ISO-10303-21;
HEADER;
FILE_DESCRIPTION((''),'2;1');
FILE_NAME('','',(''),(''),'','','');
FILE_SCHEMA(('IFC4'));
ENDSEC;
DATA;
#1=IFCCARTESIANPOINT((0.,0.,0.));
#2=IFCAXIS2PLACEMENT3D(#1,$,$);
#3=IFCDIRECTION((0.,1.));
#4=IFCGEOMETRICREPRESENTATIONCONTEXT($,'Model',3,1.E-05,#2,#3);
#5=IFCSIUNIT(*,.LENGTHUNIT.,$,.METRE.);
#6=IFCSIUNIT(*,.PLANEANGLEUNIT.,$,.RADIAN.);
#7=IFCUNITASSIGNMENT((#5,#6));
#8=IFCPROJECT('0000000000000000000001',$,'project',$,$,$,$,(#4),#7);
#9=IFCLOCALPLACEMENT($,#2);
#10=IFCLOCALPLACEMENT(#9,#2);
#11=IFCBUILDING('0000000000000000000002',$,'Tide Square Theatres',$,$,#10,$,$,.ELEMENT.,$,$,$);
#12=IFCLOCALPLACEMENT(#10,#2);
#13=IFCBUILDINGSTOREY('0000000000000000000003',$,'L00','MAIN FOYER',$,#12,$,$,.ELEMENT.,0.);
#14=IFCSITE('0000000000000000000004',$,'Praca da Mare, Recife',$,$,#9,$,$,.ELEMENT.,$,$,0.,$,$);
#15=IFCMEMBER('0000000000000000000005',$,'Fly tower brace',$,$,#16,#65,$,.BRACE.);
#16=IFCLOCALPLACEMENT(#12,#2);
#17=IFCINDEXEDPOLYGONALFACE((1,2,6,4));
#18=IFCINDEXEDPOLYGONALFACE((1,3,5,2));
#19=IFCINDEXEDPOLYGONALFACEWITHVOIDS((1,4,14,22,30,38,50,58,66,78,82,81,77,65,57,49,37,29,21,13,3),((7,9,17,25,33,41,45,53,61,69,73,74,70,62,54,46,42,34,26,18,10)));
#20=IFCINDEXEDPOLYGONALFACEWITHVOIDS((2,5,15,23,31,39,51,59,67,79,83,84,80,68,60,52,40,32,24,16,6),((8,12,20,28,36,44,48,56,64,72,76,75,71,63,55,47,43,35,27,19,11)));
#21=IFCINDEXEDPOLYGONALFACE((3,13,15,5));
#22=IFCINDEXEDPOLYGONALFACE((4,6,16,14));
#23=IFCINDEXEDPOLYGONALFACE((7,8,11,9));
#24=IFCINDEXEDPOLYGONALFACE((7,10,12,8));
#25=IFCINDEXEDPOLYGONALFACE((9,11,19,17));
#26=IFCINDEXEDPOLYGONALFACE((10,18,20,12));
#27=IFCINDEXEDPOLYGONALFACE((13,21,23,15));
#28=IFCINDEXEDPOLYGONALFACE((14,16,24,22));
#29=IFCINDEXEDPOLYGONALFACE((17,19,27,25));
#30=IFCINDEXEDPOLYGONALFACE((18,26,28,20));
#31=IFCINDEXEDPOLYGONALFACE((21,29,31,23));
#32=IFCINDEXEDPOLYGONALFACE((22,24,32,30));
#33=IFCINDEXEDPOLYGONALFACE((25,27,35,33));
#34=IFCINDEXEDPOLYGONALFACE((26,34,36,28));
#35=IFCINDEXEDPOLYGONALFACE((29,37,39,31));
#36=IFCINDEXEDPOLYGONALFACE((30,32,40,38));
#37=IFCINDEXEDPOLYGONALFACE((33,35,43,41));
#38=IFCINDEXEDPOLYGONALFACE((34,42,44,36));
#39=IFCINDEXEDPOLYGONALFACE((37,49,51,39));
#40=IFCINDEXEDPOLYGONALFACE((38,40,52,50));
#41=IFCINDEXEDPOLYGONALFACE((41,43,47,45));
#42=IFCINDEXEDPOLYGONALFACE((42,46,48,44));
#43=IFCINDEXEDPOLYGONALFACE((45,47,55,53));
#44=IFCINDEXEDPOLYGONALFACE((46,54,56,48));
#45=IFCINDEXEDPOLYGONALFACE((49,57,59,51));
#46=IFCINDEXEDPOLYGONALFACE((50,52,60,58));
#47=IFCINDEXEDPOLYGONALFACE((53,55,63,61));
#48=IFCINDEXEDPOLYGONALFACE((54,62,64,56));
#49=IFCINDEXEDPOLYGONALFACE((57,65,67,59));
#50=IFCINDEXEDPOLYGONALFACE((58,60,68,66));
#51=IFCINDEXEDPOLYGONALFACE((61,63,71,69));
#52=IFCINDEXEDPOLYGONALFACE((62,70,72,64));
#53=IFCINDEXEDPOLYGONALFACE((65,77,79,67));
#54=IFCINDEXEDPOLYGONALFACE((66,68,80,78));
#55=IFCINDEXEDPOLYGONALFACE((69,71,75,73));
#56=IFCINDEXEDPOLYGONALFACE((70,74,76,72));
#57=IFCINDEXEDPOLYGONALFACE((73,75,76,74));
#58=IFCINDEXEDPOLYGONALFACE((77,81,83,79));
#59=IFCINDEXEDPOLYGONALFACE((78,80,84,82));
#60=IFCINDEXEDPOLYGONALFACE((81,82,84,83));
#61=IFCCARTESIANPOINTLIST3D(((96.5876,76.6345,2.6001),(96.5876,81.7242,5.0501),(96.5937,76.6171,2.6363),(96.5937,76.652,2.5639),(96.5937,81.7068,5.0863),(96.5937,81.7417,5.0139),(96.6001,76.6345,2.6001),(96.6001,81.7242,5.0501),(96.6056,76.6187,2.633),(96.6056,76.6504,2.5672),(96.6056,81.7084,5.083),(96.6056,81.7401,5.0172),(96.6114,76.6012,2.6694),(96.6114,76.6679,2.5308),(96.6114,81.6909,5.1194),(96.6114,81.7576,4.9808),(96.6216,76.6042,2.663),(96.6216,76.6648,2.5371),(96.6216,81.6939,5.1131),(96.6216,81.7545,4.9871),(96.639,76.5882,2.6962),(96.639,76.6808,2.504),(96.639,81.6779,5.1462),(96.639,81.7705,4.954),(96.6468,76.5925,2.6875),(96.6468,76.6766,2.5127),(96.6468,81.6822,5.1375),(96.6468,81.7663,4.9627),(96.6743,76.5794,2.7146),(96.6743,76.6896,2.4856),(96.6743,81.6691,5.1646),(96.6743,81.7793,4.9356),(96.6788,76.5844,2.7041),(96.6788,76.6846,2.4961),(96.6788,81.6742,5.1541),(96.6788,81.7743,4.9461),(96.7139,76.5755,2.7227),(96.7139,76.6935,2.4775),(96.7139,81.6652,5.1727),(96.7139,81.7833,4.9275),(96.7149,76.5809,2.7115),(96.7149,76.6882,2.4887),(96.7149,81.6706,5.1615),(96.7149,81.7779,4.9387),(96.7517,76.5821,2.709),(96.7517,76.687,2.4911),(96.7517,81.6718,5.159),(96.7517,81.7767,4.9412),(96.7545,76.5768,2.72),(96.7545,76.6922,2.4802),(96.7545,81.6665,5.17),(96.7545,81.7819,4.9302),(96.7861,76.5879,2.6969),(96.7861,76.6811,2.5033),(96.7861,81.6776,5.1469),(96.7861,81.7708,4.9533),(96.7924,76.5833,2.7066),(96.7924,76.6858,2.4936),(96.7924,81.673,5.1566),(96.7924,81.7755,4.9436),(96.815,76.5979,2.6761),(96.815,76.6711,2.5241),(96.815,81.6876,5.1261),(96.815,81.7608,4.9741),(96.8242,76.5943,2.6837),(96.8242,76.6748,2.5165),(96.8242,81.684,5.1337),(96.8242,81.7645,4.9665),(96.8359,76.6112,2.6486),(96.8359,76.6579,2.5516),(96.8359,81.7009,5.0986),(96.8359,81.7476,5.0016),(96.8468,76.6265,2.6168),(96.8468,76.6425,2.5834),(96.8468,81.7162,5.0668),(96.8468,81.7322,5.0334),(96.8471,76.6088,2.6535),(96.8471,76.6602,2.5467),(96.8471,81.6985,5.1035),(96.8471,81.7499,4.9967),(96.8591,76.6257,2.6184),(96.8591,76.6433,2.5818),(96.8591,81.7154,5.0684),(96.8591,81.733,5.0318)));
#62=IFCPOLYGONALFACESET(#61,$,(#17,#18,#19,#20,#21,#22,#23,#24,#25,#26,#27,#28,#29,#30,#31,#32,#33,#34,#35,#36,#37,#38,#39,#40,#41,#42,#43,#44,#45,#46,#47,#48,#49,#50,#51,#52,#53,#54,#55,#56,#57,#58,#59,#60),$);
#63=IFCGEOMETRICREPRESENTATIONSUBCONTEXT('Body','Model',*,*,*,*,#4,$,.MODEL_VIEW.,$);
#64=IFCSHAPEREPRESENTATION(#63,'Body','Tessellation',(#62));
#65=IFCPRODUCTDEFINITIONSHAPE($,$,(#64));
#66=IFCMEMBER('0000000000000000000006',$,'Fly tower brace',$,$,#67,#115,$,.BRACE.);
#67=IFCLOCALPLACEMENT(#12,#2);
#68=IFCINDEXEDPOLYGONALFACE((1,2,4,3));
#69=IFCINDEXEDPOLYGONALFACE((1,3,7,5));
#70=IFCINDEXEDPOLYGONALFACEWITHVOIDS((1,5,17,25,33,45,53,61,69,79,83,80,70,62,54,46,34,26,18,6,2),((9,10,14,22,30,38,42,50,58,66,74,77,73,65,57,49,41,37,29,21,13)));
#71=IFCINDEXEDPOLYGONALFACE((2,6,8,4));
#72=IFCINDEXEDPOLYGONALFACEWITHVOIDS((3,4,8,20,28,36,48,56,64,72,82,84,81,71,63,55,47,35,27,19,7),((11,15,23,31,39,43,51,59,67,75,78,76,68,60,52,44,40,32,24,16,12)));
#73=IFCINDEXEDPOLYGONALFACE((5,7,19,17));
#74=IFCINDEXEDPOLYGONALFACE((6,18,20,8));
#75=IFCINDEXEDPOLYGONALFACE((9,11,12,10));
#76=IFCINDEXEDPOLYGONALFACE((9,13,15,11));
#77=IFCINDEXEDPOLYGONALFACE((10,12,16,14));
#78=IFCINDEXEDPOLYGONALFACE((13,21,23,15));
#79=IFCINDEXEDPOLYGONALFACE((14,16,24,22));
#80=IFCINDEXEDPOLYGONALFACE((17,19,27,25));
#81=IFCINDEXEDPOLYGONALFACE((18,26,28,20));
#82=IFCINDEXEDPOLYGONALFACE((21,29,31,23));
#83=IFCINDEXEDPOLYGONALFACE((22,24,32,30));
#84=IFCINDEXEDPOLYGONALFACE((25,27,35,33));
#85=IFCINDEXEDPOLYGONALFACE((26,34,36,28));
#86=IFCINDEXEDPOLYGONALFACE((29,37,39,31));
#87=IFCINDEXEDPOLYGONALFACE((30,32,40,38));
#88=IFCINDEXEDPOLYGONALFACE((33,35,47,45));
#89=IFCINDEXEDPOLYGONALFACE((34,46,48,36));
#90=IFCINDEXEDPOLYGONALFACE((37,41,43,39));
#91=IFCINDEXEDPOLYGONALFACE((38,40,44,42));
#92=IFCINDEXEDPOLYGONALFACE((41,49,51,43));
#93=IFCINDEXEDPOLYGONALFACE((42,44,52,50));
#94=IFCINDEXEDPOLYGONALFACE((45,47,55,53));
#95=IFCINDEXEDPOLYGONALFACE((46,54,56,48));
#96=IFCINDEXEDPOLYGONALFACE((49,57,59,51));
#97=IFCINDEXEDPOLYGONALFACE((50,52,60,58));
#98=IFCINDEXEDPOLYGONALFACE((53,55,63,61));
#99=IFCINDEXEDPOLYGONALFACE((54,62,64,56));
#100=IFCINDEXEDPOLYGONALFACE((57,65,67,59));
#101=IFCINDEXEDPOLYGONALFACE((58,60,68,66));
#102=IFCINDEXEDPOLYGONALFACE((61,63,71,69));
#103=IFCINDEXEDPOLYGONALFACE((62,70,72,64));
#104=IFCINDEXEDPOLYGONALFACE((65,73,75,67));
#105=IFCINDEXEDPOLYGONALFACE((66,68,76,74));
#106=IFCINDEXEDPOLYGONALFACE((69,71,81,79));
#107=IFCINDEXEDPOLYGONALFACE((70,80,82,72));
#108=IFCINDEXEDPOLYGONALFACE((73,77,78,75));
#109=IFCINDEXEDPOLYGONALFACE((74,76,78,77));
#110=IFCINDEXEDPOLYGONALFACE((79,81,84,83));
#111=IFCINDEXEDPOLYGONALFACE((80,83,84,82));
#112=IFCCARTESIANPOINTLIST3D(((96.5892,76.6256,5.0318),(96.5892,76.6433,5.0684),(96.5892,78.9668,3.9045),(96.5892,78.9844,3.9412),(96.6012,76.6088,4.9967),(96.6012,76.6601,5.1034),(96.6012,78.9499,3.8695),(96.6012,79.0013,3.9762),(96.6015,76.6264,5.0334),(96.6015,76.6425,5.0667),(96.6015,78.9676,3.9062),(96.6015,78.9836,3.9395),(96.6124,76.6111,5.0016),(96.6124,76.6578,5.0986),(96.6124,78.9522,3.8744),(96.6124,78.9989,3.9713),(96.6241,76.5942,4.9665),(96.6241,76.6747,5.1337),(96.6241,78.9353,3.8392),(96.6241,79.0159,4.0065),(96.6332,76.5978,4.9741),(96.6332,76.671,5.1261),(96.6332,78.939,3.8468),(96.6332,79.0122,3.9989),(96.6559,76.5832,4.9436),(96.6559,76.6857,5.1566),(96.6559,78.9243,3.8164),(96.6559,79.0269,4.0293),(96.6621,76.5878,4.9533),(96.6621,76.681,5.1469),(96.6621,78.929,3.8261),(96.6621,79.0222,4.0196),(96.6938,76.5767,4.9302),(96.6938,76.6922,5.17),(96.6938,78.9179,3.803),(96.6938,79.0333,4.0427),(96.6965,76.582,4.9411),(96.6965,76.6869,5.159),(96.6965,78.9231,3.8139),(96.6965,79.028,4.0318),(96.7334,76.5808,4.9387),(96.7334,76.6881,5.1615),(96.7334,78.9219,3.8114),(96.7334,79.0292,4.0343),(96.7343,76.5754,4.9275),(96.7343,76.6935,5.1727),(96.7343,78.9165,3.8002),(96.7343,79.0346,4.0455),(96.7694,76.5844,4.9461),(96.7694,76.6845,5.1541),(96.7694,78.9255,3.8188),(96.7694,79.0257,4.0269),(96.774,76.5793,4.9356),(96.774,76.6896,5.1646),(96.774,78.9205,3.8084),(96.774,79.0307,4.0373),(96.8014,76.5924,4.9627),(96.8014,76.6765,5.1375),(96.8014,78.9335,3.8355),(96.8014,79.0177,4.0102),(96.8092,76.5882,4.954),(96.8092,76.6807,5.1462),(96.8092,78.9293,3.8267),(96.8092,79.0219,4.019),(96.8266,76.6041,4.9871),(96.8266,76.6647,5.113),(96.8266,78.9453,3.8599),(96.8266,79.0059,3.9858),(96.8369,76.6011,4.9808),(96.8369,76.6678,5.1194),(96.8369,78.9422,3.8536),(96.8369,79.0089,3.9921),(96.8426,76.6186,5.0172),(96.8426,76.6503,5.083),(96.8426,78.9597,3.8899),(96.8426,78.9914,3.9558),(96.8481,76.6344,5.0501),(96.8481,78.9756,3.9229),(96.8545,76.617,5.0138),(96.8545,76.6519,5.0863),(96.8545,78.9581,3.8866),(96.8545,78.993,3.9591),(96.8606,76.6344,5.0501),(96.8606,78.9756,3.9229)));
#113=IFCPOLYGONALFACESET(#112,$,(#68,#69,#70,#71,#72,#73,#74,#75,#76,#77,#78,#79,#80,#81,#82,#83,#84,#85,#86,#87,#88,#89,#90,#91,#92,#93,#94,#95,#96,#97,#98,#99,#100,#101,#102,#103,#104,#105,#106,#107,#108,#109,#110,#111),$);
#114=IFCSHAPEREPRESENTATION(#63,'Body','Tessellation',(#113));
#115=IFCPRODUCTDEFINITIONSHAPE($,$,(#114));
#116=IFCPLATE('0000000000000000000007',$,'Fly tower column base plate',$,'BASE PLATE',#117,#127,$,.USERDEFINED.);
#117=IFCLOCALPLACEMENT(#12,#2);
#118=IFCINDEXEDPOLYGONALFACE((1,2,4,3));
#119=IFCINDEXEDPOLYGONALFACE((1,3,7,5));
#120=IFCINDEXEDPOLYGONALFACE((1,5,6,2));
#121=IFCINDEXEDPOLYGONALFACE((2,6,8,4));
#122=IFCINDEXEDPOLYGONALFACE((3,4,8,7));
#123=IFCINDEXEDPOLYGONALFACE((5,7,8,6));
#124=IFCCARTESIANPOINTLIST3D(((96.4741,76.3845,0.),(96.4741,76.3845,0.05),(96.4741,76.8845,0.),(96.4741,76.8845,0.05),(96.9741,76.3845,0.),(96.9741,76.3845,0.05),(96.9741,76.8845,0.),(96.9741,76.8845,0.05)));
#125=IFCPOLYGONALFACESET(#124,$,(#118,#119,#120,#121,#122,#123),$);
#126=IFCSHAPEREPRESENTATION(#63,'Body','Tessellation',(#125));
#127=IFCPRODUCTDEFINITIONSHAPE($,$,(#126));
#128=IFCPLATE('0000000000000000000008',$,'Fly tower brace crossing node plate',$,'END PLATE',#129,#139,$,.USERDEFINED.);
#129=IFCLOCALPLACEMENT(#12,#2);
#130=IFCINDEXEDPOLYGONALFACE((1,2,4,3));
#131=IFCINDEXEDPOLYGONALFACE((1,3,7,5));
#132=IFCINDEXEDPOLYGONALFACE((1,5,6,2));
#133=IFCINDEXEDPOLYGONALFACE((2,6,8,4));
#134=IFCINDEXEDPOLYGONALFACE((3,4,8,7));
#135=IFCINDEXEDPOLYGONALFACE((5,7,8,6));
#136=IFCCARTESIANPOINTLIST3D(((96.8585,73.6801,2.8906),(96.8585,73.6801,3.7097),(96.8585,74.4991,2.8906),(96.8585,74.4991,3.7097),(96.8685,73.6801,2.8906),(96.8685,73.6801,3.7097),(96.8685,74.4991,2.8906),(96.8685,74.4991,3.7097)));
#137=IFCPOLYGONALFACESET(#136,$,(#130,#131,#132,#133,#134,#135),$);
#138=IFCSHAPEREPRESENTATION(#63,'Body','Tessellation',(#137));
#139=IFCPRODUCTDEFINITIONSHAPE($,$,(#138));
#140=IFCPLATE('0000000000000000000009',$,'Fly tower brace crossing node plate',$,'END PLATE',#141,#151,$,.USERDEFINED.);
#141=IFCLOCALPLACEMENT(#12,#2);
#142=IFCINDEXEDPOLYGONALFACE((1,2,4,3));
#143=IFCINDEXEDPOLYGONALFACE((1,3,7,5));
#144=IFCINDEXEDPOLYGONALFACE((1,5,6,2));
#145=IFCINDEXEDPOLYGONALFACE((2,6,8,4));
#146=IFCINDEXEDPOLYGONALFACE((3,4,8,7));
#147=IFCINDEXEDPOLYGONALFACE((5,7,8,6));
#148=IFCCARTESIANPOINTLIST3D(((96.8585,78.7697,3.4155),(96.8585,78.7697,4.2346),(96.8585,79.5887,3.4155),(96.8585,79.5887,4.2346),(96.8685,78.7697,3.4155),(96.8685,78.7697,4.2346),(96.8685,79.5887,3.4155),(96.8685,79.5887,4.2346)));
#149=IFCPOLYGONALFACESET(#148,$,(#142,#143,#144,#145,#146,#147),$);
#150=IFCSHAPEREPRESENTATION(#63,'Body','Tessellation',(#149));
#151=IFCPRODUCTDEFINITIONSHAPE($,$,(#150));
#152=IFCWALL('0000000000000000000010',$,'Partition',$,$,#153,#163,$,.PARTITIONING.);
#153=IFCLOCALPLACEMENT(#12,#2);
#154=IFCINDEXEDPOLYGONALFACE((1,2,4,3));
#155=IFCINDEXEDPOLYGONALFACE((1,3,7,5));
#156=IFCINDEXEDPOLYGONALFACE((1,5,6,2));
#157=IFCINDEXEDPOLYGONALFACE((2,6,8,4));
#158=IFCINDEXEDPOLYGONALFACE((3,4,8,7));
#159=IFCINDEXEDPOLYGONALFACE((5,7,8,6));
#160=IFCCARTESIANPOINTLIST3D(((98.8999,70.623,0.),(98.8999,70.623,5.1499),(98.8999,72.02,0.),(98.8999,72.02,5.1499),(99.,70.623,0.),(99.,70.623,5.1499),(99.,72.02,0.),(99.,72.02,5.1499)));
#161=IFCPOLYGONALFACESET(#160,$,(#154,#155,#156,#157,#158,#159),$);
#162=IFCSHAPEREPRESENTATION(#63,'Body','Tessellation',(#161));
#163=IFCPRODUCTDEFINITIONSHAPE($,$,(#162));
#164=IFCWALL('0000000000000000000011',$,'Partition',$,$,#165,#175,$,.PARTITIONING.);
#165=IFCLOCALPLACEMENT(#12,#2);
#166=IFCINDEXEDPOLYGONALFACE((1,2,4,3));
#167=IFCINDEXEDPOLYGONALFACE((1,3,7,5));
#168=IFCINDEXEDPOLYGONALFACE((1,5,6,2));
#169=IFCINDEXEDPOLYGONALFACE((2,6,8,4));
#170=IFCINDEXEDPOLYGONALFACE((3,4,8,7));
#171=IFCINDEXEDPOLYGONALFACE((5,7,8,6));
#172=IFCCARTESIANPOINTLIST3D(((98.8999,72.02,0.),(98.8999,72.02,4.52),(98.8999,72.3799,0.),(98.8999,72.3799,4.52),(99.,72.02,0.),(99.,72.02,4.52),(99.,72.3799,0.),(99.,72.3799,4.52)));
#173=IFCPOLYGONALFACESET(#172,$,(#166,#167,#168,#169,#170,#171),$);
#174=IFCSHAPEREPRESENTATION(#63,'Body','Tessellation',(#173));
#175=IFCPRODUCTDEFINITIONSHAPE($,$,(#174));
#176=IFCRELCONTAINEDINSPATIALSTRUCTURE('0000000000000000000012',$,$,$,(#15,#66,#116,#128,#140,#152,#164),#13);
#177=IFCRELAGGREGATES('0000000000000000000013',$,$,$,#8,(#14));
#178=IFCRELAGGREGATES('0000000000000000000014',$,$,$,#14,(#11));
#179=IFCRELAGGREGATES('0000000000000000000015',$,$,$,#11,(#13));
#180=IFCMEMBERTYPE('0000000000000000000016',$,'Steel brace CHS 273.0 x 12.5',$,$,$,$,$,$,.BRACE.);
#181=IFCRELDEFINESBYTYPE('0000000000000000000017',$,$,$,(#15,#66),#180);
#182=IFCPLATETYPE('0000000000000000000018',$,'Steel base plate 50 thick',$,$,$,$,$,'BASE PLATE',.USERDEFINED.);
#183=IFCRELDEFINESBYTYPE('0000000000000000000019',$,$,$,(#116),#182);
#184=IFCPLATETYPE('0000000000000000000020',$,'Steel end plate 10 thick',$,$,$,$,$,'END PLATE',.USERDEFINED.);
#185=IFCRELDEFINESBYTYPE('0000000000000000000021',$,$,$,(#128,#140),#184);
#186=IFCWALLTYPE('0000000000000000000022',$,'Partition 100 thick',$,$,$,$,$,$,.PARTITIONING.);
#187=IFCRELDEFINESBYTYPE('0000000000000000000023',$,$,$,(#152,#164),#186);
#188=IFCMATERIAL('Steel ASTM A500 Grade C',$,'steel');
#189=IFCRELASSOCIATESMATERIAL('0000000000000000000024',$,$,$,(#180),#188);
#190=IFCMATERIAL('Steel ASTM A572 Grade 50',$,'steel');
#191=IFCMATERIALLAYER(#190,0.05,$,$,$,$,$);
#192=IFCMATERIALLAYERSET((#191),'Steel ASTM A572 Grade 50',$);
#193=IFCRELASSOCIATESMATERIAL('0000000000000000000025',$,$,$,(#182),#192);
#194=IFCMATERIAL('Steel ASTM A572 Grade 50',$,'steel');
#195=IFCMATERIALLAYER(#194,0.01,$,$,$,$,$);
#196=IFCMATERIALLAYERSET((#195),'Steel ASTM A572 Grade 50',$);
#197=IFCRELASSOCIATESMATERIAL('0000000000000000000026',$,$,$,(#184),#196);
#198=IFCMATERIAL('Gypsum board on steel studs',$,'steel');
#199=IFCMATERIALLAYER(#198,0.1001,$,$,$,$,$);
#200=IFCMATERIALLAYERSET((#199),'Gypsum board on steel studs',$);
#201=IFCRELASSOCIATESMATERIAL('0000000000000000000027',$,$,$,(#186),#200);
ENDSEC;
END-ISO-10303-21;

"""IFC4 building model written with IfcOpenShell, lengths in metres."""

from ifc_helpers import new_model, si_unit, direction, frame, frame_2d, origin, origin_2d, place, context, subcontext, project, spatial, rectangle, hollow_circle, extrude, material, layer, layer_set, material_profile, profile_set, type_object, element, save


model = new_model("IFC4")

# Units and contexts
model_context = context("Model", 3, precision=1e-05, world=origin(), true_north=direction((0.0, 1.0)))
body_context = subcontext(model_context, "Body", "Model", "MODEL_VIEW")
ifc_project = project(units=[si_unit("LENGTHUNIT", "METRE"), si_unit("PLANEANGLEUNIT", "RADIAN")], contexts=[model_context])

# Site, building, storey
site_placement = place(None, origin())
site = spatial("IfcSite", under=ifc_project, at=site_placement, Name="Praca da Mare, Recife", CompositionType="ELEMENT", RefElevation=0.0)
building_placement = place(site_placement, origin())
building = spatial("IfcBuilding", under=site, at=building_placement, Name="Tide Square Theatres", CompositionType="ELEMENT")
storey_placement = place(building_placement, origin())
storey = spatial("IfcBuildingStorey", under=building, at=storey_placement, Name="L00", Description="MAIN FOYER", CompositionType="ELEMENT", Elevation=0.0)

# Members
ifc_material_1 = material(Name="Steel ASTM A500 Grade C", Category="steel")
ifc_material_profile_1 = material_profile(ifc_material_1, hollow_circle(Radius=0.1365, WallThickness=0.0125, at=origin_2d()))
ifc_profile_set_1 = profile_set([ifc_material_profile_1], Name="Steel ASTM A500 Grade C")
member_type = type_object("IfcMemberType", Name="Steel brace CHS 273.0 x 12.5", PredefinedType="BRACE", material=ifc_profile_set_1)
member_1_placement = place(storey_placement, frame((96.7241, 76.6345, 2.6001), z_axis=(0.0, 0.901043, 0.43373), x_axis=(-1.0, 0.0, 0.0)))
element("IfcMember", 1, at=member_1_placement, inside=storey, type_object=member_type, Name="Fly tower brace", PredefinedType="BRACE", context=body_context, shape_type="SweptSolid", body=[
    extrude(hollow_circle(Radius=0.1365, WallThickness=0.0125, at=origin_2d()), origin(), (0.0, 0.0, 1.0), 5.6487),
])
member_2_placement = place(storey_placement, frame((96.7241, 78.9756, 3.9229), z_axis=(0.0, -0.900999, 0.433821), x_axis=(1.0, 0.0, 0.0)))
element("IfcMember", 2, at=member_2_placement, inside=storey, type_object=member_type, Name="Fly tower brace", PredefinedType="BRACE", context=body_context, shape_type="SweptSolid", body=[
    extrude(hollow_circle(Radius=0.1365, WallThickness=0.0125, at=origin_2d()), origin(), (0.0, 0.0, 1.0), 2.5984),
])

# Plates
ifc_material_2 = material(Name="Steel ASTM A572 Grade 50", Category="steel")
ifc_layer_1 = layer(ifc_material_2, 0.05)
ifc_layer_set_1 = layer_set([ifc_layer_1], Name="Steel ASTM A572 Grade 50")
plate_type_1 = type_object("IfcPlateType", Name="Steel base plate 50 thick", ElementType="BASE PLATE", PredefinedType="USERDEFINED", material=ifc_layer_set_1)
plate_placement = place(storey_placement, frame((96.7241, 76.6345, 0.0), z_axis=(0.0, 0.0, 1.0), x_axis=(1.0, 0.0, 0.0)))
element("IfcPlate", 3, at=plate_placement, inside=storey, type_object=plate_type_1, Name="Fly tower column base plate", ObjectType="BASE PLATE", PredefinedType="USERDEFINED", context=body_context, shape_type="SweptSolid", body=[
    extrude(rectangle(XDim=0.5, YDim=0.5, at=origin_2d()), origin(), (0.0, 0.0, 1.0), 0.05),
])
ifc_material_3 = material(Name="Steel ASTM A572 Grade 50", Category="steel")
ifc_layer_2 = layer(ifc_material_3, 0.01)
ifc_layer_set_2 = layer_set([ifc_layer_2], Name="Steel ASTM A572 Grade 50")
plate_type_2 = type_object("IfcPlateType", Name="Steel end plate 10 thick", ElementType="END PLATE", PredefinedType="USERDEFINED", material=ifc_layer_set_2)
for number, where, z_axis, x_axis, name in (
    (4, (96.8635, 74.0896, 2.8906), (0.0, 0.0, 1.0), (1.0, 0.0, 0.0), "Fly tower brace crossing node plate"),
    (5, (96.8635, 79.1792, 3.4155), (0.0, 0.0, 1.0), (1.0, 0.0, 0.0), "Fly tower brace crossing node plate"),
):
    element("IfcPlate", number, at=place(storey_placement, frame(where, z_axis=z_axis, x_axis=x_axis)), inside=storey, type_object=plate_type_2, Name=name, ObjectType="END PLATE", PredefinedType="USERDEFINED", context=body_context, shape_type="SweptSolid", body=[
        extrude(rectangle(XDim=0.01, YDim=0.8191, at=origin_2d()), origin(), (0.0, 0.0, 1.0), 0.8191),
    ])

# Walls
ifc_material_4 = material(Name="Gypsum board on steel studs", Category="steel")
ifc_layer_3 = layer(ifc_material_4, 0.1001)
ifc_layer_set_3 = layer_set([ifc_layer_3], Name="Gypsum board on steel studs")
wall_type_1 = type_object("IfcWallType", Name="Partition 100 thick", PredefinedType="PARTITIONING", material=ifc_layer_set_3)
wall_1_placement = place(storey_placement, frame((98.95, 70.623, 0.0), z_axis=(0.0, 0.0, 1.0), x_axis=(0.0, 1.0, 0.0)))
element("IfcWall", 6, at=wall_1_placement, inside=storey, type_object=wall_type_1, Name="Partition", PredefinedType="PARTITIONING", context=body_context, shape_type="SweptSolid", body=[
    extrude(rectangle(XDim=1.397, YDim=0.1001, at=frame_2d((0.6985, 0.0))), origin(), (0.0, 0.0, 1.0), 5.1499),
])
wall_2_placement = place(storey_placement, frame((98.95, 72.02, 0.0), z_axis=(0.0, 0.0, 1.0), x_axis=(0.0, 1.0, 0.0)))
element("IfcWall", 7, at=wall_2_placement, inside=storey, type_object=wall_type_1, Name="Partition", PredefinedType="PARTITIONING", context=body_context, shape_type="SweptSolid", body=[
    extrude(rectangle(XDim=0.3599, YDim=0.1001, at=frame_2d((0.1799, 0.0))), origin(), (0.0, 0.0, 1.0), 4.52),
])

save(model, "model.ifc")
